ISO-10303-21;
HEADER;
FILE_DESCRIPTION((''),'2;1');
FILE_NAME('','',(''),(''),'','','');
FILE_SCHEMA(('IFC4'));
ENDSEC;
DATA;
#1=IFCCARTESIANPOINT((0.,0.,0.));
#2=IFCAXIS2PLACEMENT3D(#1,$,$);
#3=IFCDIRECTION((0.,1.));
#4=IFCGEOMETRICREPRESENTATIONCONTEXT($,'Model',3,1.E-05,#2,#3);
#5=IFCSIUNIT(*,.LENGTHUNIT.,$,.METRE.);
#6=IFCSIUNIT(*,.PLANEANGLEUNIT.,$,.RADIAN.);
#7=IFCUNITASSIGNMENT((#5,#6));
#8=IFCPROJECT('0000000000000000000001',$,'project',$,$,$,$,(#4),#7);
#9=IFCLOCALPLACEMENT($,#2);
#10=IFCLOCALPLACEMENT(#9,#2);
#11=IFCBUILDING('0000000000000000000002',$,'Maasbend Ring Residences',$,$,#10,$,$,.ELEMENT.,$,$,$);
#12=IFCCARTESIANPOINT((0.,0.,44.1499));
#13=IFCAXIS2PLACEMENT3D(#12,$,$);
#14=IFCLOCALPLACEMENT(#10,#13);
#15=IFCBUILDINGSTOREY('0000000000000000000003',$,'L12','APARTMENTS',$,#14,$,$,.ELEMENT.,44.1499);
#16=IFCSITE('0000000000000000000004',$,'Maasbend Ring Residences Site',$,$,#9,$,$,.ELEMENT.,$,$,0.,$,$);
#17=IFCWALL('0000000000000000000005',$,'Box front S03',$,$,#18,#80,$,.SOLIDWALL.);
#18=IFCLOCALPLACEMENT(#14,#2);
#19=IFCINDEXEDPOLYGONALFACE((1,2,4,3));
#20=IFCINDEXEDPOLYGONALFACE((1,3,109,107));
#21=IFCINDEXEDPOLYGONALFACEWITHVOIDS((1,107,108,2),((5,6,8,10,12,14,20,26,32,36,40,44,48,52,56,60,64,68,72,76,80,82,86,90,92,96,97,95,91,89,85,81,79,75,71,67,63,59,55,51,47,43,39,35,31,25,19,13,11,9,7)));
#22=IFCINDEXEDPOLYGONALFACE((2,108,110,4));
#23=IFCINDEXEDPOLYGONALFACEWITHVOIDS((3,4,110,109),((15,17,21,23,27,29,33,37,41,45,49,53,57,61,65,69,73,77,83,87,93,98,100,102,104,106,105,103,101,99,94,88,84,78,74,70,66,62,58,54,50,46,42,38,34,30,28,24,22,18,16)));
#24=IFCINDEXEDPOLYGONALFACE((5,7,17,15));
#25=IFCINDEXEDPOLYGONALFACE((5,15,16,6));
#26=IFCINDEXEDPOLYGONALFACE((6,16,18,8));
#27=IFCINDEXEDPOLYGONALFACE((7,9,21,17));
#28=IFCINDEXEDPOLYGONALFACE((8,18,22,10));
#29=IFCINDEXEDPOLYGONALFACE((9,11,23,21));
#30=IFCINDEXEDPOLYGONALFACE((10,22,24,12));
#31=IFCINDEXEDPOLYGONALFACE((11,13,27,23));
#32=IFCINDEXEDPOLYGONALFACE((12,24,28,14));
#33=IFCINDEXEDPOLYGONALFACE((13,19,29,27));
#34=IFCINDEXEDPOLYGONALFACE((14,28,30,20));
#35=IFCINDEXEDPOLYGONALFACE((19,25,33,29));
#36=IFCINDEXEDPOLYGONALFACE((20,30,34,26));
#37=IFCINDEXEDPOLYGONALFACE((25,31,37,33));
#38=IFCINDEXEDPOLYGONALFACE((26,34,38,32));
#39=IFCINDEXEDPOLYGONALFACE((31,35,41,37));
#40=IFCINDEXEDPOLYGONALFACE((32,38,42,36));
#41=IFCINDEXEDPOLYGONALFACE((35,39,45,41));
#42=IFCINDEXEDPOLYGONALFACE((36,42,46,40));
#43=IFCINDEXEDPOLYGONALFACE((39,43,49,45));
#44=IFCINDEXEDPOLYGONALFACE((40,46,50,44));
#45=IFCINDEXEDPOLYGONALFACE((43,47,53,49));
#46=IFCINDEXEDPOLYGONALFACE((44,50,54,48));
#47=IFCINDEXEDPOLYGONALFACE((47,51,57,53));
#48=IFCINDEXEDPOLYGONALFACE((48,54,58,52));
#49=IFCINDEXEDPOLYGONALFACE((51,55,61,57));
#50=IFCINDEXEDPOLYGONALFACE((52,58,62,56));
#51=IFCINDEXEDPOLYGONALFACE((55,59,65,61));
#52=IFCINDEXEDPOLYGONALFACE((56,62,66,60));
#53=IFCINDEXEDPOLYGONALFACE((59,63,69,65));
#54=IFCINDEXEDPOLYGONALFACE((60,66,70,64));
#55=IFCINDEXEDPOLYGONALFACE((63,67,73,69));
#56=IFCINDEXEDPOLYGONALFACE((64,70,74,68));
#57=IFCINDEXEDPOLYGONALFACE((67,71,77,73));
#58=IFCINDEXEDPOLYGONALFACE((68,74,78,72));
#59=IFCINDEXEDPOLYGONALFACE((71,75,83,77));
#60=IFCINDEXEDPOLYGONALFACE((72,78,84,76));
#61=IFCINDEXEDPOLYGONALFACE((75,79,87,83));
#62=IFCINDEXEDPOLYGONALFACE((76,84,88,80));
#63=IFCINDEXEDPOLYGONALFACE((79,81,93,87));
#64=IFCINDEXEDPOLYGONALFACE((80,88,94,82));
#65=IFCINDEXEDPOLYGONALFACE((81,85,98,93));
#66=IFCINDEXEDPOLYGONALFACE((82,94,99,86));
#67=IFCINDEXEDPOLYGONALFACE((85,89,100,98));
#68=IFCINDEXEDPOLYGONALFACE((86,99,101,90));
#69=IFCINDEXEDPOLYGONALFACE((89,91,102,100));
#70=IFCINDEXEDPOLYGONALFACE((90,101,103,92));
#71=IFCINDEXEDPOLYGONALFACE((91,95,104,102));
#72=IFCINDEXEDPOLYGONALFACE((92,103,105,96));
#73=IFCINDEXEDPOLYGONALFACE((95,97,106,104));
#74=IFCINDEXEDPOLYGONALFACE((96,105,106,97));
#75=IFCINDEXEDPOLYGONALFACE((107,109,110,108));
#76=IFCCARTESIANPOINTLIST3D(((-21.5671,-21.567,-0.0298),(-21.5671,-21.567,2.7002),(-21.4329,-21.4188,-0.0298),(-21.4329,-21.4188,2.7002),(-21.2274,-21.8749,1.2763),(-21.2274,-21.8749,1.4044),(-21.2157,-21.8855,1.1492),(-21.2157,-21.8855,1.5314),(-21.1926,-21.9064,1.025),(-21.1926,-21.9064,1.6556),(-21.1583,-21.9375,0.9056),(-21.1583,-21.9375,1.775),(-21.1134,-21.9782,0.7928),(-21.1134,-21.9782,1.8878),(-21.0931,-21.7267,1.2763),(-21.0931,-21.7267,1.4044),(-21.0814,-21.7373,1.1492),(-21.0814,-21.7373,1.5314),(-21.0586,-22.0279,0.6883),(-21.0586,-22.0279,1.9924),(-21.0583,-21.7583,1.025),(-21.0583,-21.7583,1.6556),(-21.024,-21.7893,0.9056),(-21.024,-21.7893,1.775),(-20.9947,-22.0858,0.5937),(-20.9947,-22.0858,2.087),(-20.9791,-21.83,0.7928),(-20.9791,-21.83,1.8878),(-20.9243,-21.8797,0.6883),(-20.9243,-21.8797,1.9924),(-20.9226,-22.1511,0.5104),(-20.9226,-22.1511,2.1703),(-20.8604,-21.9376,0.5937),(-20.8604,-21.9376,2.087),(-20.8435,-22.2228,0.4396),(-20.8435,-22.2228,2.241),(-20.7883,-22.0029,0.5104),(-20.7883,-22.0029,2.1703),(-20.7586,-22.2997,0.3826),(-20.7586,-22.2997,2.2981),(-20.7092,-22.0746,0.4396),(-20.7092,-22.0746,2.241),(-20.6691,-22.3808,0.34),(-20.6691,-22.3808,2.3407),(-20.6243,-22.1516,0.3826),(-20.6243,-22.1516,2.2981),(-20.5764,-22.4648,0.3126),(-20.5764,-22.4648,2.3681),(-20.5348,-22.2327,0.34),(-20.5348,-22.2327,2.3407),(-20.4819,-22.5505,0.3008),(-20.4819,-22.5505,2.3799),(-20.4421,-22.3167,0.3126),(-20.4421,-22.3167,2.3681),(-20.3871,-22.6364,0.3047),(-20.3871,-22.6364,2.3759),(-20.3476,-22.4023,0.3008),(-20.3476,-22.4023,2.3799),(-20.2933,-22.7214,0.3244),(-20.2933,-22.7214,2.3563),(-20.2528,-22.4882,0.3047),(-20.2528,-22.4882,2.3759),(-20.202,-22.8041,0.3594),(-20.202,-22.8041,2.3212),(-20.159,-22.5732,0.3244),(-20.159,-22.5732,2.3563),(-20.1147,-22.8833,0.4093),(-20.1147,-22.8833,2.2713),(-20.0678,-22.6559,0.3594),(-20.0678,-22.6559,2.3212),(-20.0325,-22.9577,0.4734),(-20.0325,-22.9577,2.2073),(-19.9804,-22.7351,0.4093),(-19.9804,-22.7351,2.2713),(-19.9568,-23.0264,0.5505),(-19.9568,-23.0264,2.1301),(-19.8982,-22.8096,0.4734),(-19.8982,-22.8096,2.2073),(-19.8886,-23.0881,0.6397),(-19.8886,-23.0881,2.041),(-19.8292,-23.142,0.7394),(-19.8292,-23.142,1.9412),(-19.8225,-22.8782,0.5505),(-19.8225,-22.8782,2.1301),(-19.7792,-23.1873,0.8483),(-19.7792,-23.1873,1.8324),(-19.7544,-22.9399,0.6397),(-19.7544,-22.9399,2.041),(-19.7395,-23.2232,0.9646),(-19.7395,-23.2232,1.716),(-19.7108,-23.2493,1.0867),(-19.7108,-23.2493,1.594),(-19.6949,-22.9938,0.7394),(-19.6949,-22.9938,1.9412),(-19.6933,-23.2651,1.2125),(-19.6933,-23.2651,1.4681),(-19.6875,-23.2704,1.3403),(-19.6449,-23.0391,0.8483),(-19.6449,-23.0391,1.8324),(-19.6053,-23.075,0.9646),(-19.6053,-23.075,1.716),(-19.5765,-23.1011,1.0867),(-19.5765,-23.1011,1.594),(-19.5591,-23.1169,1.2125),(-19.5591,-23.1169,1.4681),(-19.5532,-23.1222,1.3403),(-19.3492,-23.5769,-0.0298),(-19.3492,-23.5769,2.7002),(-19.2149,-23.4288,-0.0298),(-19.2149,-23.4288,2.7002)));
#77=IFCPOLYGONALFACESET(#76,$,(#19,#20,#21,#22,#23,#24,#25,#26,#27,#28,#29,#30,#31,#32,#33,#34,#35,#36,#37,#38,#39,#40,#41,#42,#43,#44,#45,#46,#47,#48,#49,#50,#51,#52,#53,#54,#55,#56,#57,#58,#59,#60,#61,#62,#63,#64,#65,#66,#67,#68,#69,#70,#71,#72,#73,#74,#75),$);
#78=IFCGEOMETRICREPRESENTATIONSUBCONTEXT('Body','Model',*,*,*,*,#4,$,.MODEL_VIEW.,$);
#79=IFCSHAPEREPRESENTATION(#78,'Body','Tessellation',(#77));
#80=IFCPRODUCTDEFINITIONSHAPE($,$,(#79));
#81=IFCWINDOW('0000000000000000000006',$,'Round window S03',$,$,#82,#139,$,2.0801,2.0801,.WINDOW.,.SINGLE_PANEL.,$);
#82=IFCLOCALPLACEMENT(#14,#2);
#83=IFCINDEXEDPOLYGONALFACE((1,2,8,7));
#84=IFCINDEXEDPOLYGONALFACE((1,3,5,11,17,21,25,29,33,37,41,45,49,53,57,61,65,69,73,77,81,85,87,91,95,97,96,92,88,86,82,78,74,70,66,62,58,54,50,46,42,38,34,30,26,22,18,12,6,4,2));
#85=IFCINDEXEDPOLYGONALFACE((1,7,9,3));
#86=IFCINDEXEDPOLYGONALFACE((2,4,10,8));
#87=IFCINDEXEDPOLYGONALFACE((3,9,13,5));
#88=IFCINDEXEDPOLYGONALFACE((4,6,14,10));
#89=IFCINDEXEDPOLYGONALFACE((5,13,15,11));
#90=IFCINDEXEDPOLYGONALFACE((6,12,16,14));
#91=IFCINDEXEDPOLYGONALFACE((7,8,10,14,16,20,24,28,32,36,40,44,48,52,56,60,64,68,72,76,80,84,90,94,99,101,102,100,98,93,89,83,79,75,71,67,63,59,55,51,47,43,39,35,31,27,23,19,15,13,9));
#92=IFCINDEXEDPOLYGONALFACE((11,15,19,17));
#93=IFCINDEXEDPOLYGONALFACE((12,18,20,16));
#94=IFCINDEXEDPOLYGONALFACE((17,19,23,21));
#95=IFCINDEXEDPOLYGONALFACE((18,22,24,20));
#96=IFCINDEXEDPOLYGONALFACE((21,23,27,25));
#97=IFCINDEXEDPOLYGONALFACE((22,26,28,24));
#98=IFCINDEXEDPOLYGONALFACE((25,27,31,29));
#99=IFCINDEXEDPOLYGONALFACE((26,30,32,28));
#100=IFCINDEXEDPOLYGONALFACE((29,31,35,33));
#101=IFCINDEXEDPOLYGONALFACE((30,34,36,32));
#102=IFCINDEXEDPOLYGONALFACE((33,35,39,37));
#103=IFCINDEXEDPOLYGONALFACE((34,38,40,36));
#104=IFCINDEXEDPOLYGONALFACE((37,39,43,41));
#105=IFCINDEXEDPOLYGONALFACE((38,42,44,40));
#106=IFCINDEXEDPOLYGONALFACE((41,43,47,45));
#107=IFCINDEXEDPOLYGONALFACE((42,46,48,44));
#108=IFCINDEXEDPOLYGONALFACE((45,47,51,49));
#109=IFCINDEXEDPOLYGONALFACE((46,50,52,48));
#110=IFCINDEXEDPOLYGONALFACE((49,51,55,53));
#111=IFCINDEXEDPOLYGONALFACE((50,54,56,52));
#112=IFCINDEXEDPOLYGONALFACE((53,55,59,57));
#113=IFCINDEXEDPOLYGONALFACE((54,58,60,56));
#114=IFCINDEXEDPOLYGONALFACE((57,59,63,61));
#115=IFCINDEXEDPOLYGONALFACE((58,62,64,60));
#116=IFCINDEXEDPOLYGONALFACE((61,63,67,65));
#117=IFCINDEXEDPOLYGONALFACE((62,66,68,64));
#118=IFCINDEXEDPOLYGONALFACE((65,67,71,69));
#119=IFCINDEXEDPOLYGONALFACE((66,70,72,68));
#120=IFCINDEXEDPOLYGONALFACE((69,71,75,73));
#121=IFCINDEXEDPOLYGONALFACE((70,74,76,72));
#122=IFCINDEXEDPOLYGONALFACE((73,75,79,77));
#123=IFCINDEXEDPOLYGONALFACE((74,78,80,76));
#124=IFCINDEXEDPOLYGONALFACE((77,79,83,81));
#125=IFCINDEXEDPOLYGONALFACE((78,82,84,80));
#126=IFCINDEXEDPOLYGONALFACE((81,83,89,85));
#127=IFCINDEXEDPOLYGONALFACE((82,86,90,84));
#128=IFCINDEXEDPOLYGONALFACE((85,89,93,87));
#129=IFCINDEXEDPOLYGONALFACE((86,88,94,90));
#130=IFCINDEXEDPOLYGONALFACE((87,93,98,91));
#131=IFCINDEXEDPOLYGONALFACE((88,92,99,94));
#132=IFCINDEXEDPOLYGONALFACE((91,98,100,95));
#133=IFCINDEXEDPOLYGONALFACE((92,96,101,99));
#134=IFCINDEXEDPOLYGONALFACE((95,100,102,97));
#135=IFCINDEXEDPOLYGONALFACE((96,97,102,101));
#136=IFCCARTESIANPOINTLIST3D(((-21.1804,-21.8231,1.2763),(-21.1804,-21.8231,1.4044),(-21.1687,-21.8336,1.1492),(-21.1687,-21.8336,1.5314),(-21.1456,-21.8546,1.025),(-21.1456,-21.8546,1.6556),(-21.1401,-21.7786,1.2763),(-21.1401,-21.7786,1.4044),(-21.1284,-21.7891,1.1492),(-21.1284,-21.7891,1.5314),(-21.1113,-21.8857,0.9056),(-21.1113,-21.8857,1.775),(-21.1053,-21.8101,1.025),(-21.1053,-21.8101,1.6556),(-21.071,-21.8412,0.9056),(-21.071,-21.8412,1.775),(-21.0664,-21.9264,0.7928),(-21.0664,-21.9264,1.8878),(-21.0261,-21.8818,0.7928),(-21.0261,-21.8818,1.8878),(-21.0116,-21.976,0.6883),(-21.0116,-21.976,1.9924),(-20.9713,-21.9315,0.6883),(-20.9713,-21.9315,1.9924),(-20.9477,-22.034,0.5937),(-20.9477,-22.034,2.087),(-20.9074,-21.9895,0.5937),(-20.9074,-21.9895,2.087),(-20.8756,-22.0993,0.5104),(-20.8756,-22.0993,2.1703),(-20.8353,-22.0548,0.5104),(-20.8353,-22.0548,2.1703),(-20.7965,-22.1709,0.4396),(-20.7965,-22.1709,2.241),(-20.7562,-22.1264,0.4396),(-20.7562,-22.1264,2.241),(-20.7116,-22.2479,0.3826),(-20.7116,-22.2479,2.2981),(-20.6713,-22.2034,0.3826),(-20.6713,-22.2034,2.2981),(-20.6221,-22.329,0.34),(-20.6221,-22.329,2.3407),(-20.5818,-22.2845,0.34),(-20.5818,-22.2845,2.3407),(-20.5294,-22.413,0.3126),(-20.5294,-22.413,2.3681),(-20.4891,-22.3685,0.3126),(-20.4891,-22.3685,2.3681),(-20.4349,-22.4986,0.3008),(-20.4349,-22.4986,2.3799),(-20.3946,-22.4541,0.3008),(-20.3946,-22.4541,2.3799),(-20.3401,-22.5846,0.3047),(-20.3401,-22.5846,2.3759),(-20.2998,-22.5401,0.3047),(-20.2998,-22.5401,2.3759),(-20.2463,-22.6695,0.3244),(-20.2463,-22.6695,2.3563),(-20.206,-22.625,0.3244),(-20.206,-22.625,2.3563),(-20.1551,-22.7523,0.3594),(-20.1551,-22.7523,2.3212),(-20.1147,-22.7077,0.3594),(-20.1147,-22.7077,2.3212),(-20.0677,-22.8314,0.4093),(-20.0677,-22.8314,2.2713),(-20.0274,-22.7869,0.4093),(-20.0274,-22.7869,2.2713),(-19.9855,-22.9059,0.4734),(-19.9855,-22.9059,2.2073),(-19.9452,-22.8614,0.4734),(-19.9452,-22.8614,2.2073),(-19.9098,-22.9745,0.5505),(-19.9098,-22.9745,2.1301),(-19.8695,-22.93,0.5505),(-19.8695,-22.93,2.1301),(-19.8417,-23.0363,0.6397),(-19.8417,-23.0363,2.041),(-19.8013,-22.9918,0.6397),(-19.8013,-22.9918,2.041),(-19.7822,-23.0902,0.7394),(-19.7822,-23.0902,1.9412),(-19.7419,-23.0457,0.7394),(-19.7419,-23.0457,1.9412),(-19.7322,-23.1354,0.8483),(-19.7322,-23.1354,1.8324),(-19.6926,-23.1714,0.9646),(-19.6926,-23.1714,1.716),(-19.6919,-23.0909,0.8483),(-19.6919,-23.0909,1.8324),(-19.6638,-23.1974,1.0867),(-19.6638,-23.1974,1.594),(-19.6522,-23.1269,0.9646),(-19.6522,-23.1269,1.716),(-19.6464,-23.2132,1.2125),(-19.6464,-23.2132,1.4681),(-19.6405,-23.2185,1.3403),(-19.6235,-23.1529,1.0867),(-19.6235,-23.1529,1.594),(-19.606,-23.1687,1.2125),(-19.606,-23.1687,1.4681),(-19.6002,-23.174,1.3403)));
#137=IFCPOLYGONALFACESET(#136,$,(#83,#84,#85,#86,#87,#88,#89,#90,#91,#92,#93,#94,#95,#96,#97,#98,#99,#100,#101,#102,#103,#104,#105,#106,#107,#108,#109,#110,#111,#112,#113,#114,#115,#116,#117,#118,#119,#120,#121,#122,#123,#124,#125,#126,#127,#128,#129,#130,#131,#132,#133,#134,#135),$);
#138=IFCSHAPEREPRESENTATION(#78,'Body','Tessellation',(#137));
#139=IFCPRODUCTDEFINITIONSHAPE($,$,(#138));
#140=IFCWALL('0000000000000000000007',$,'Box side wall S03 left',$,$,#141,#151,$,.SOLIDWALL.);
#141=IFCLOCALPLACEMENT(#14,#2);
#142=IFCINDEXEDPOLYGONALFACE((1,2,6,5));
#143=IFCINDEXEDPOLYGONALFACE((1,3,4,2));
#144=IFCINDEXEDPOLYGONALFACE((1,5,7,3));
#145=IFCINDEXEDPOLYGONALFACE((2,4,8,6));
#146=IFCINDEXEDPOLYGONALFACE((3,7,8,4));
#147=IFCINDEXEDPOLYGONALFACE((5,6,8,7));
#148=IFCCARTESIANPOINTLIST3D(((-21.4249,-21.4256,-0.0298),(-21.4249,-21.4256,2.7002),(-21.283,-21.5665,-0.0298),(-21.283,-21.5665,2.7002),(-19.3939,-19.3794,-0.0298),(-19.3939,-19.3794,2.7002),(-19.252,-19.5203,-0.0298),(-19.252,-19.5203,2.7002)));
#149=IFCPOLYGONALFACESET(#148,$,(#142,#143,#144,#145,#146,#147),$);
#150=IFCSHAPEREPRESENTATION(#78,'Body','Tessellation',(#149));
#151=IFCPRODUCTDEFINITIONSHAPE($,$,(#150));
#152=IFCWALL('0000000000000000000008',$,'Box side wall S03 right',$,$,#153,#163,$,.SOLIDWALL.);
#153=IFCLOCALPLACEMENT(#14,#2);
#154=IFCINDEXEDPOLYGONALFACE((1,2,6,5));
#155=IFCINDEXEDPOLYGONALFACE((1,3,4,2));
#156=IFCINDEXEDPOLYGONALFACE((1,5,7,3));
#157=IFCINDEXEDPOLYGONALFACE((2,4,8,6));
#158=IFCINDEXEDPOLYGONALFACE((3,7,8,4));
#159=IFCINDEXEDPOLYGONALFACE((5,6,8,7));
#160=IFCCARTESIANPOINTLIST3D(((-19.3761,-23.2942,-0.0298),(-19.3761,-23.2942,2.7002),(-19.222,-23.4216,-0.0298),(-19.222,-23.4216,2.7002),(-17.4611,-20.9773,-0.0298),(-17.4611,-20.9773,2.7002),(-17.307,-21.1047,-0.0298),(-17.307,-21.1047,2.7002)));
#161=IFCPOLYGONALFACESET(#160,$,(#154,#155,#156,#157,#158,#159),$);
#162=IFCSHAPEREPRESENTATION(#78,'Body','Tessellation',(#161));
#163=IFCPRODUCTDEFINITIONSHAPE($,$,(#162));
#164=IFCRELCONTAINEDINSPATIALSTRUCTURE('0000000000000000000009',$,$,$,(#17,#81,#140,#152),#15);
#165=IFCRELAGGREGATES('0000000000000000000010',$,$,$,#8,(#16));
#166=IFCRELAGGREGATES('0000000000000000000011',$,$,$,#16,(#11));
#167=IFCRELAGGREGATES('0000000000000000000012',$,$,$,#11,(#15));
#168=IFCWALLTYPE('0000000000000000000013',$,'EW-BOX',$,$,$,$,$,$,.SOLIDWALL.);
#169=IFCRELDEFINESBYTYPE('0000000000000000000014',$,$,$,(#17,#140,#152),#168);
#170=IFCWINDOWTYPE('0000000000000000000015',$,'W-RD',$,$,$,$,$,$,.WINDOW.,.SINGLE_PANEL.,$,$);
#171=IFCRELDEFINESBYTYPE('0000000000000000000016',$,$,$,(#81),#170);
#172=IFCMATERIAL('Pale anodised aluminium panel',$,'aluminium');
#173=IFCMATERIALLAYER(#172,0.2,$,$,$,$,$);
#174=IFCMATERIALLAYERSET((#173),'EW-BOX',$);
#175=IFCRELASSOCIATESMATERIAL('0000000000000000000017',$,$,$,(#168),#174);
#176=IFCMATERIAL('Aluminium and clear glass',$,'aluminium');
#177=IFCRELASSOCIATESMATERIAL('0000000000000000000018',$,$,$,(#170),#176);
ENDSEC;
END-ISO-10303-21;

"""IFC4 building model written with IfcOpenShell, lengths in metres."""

from ifc_helpers import new_model, si_unit, direction, frame, frame_2d, origin, place, context, subcontext, project, spatial, rectangle, circle, extrude, material, layer, layer_set, type_object, element, fill, save


model = new_model("IFC4")

# Units and contexts
model_context = context("Model", 3, precision=1e-05, world=origin(), true_north=direction((0.0, 1.0)))
body_context = subcontext(model_context, "Body", "Model", "MODEL_VIEW")
ifc_project = project(units=[si_unit("LENGTHUNIT", "METRE"), si_unit("PLANEANGLEUNIT", "RADIAN")], contexts=[model_context])

# Site, building, storey
site_placement = place(None, origin())
site = spatial("IfcSite", under=ifc_project, at=site_placement, Name="Maasbend Ring Residences Site", CompositionType="ELEMENT", RefElevation=0.0)
building_placement = place(site_placement, origin())
building = spatial("IfcBuilding", under=site, at=building_placement, Name="Maasbend Ring Residences", CompositionType="ELEMENT")
storey_placement = place(building_placement, frame((0.0, 0.0, 44.1499)))
storey = spatial("IfcBuildingStorey", under=building, at=storey_placement, Name="L12", Description="APARTMENTS", CompositionType="ELEMENT", Elevation=44.1499)

# Shared definitions
ifc_material_1 = material(Name="Pale anodised aluminium panel", Category="aluminium")
ifc_layer_1 = layer(ifc_material_1, 0.2)
ifc_layer_set_1 = layer_set([ifc_layer_1], Name="EW-BOX")
wall_type_1 = type_object("IfcWallType", Name="EW-BOX", PredefinedType="SOLIDWALL", material=ifc_layer_set_1)
ifc_material_2 = material(Name="Aluminium and clear glass", Category="aluminium")
window_type_1 = type_object("IfcWindowType", Name="W-RD", PartitioningType="SINGLE_PANEL", PredefinedType="WINDOW", material=ifc_material_2)

# Wall, opening, window
wall_1_placement = place(storey_placement, frame((-21.5, -21.4929, -0.0298), z_axis=(0.0, 0.0, 1.0), x_axis=(0.740998, -0.671507, 0.0)))
wall_1 = element("IfcWall", 1, at=wall_1_placement, inside=storey, type_object=wall_type_1, Name="Box front S03", PredefinedType="SOLIDWALL", context=body_context, shape_type="SweptSolid", body=[
    extrude(rectangle(XDim=2.9932, YDim=0.2, at=frame_2d((1.4966, 0.0))), origin(), (0.0, 0.0, 1.0), 2.73),
])
opening_1_placement = place(wall_1_placement, frame((0.4565, 0.0, 0.3301)))
opening_1 = element("IfcOpeningElement", 2, at=opening_1_placement, cuts=wall_1, PredefinedType="OPENING", context=body_context, shape_type="SweptSolid", body=[
    extrude(circle(Radius=1.04, at=frame_2d((1.04, 1.04))), frame((0.0, 0.1099, 0.0), z_axis=(0.0, -1.0, 0.0), x_axis=(1.0, 0.0, 0.0)), (0.0, 0.0, 1.0), 0.22),
])
window_1_placement = place(opening_1_placement, origin())
window_1 = element("IfcWindow", 3, at=window_1_placement, inside=storey, type_object=window_type_1, Name="Round window S03", OverallHeight=2.0801, OverallWidth=2.0801, PartitioningType="SINGLE_PANEL", PredefinedType="WINDOW", context=body_context, shape_type="SweptSolid", body=[
    extrude(circle(Radius=1.04, at=frame_2d((1.04, 1.04))), frame((0.0, 0.03, 0.0), z_axis=(0.0, -1.0, 0.0), x_axis=(1.0, 0.0, 0.0)), (0.0, 0.0, 1.0), 0.0601),
])
fill(opening_1, window_1)

# Walls
wall_2_placement = place(storey_placement, frame((-19.323, -19.45, -0.0298), z_axis=(0.0, 0.0, 1.0), x_axis=(-0.704477, -0.709727, 0.0)))
element("IfcWall", 4, at=wall_2_placement, inside=storey, type_object=wall_type_1, Name="Box side wall S03 left", PredefinedType="SOLIDWALL", context=body_context, shape_type="SweptSolid", body=[
    extrude(rectangle(XDim=2.8831, YDim=0.2, at=frame_2d((1.4414, 0.0))), origin(), (0.0, 0.0, 1.0), 2.73),
])
wall_3_placement = place(storey_placement, frame((-17.384, -21.041, -0.0298), z_axis=(0.0, 0.0, 1.0), x_axis=(-0.637096, -0.770785, 0.0)))
element("IfcWall", 5, at=wall_3_placement, inside=storey, type_object=wall_type_1, Name="Box side wall S03 right", PredefinedType="SOLIDWALL", context=body_context, shape_type="SweptSolid", body=[
    extrude(rectangle(XDim=3.0059, YDim=0.2, at=frame_2d((1.5029, 0.0))), origin(), (0.0, 0.0, 1.0), 2.73),
])

save(model, "model.ifc")
